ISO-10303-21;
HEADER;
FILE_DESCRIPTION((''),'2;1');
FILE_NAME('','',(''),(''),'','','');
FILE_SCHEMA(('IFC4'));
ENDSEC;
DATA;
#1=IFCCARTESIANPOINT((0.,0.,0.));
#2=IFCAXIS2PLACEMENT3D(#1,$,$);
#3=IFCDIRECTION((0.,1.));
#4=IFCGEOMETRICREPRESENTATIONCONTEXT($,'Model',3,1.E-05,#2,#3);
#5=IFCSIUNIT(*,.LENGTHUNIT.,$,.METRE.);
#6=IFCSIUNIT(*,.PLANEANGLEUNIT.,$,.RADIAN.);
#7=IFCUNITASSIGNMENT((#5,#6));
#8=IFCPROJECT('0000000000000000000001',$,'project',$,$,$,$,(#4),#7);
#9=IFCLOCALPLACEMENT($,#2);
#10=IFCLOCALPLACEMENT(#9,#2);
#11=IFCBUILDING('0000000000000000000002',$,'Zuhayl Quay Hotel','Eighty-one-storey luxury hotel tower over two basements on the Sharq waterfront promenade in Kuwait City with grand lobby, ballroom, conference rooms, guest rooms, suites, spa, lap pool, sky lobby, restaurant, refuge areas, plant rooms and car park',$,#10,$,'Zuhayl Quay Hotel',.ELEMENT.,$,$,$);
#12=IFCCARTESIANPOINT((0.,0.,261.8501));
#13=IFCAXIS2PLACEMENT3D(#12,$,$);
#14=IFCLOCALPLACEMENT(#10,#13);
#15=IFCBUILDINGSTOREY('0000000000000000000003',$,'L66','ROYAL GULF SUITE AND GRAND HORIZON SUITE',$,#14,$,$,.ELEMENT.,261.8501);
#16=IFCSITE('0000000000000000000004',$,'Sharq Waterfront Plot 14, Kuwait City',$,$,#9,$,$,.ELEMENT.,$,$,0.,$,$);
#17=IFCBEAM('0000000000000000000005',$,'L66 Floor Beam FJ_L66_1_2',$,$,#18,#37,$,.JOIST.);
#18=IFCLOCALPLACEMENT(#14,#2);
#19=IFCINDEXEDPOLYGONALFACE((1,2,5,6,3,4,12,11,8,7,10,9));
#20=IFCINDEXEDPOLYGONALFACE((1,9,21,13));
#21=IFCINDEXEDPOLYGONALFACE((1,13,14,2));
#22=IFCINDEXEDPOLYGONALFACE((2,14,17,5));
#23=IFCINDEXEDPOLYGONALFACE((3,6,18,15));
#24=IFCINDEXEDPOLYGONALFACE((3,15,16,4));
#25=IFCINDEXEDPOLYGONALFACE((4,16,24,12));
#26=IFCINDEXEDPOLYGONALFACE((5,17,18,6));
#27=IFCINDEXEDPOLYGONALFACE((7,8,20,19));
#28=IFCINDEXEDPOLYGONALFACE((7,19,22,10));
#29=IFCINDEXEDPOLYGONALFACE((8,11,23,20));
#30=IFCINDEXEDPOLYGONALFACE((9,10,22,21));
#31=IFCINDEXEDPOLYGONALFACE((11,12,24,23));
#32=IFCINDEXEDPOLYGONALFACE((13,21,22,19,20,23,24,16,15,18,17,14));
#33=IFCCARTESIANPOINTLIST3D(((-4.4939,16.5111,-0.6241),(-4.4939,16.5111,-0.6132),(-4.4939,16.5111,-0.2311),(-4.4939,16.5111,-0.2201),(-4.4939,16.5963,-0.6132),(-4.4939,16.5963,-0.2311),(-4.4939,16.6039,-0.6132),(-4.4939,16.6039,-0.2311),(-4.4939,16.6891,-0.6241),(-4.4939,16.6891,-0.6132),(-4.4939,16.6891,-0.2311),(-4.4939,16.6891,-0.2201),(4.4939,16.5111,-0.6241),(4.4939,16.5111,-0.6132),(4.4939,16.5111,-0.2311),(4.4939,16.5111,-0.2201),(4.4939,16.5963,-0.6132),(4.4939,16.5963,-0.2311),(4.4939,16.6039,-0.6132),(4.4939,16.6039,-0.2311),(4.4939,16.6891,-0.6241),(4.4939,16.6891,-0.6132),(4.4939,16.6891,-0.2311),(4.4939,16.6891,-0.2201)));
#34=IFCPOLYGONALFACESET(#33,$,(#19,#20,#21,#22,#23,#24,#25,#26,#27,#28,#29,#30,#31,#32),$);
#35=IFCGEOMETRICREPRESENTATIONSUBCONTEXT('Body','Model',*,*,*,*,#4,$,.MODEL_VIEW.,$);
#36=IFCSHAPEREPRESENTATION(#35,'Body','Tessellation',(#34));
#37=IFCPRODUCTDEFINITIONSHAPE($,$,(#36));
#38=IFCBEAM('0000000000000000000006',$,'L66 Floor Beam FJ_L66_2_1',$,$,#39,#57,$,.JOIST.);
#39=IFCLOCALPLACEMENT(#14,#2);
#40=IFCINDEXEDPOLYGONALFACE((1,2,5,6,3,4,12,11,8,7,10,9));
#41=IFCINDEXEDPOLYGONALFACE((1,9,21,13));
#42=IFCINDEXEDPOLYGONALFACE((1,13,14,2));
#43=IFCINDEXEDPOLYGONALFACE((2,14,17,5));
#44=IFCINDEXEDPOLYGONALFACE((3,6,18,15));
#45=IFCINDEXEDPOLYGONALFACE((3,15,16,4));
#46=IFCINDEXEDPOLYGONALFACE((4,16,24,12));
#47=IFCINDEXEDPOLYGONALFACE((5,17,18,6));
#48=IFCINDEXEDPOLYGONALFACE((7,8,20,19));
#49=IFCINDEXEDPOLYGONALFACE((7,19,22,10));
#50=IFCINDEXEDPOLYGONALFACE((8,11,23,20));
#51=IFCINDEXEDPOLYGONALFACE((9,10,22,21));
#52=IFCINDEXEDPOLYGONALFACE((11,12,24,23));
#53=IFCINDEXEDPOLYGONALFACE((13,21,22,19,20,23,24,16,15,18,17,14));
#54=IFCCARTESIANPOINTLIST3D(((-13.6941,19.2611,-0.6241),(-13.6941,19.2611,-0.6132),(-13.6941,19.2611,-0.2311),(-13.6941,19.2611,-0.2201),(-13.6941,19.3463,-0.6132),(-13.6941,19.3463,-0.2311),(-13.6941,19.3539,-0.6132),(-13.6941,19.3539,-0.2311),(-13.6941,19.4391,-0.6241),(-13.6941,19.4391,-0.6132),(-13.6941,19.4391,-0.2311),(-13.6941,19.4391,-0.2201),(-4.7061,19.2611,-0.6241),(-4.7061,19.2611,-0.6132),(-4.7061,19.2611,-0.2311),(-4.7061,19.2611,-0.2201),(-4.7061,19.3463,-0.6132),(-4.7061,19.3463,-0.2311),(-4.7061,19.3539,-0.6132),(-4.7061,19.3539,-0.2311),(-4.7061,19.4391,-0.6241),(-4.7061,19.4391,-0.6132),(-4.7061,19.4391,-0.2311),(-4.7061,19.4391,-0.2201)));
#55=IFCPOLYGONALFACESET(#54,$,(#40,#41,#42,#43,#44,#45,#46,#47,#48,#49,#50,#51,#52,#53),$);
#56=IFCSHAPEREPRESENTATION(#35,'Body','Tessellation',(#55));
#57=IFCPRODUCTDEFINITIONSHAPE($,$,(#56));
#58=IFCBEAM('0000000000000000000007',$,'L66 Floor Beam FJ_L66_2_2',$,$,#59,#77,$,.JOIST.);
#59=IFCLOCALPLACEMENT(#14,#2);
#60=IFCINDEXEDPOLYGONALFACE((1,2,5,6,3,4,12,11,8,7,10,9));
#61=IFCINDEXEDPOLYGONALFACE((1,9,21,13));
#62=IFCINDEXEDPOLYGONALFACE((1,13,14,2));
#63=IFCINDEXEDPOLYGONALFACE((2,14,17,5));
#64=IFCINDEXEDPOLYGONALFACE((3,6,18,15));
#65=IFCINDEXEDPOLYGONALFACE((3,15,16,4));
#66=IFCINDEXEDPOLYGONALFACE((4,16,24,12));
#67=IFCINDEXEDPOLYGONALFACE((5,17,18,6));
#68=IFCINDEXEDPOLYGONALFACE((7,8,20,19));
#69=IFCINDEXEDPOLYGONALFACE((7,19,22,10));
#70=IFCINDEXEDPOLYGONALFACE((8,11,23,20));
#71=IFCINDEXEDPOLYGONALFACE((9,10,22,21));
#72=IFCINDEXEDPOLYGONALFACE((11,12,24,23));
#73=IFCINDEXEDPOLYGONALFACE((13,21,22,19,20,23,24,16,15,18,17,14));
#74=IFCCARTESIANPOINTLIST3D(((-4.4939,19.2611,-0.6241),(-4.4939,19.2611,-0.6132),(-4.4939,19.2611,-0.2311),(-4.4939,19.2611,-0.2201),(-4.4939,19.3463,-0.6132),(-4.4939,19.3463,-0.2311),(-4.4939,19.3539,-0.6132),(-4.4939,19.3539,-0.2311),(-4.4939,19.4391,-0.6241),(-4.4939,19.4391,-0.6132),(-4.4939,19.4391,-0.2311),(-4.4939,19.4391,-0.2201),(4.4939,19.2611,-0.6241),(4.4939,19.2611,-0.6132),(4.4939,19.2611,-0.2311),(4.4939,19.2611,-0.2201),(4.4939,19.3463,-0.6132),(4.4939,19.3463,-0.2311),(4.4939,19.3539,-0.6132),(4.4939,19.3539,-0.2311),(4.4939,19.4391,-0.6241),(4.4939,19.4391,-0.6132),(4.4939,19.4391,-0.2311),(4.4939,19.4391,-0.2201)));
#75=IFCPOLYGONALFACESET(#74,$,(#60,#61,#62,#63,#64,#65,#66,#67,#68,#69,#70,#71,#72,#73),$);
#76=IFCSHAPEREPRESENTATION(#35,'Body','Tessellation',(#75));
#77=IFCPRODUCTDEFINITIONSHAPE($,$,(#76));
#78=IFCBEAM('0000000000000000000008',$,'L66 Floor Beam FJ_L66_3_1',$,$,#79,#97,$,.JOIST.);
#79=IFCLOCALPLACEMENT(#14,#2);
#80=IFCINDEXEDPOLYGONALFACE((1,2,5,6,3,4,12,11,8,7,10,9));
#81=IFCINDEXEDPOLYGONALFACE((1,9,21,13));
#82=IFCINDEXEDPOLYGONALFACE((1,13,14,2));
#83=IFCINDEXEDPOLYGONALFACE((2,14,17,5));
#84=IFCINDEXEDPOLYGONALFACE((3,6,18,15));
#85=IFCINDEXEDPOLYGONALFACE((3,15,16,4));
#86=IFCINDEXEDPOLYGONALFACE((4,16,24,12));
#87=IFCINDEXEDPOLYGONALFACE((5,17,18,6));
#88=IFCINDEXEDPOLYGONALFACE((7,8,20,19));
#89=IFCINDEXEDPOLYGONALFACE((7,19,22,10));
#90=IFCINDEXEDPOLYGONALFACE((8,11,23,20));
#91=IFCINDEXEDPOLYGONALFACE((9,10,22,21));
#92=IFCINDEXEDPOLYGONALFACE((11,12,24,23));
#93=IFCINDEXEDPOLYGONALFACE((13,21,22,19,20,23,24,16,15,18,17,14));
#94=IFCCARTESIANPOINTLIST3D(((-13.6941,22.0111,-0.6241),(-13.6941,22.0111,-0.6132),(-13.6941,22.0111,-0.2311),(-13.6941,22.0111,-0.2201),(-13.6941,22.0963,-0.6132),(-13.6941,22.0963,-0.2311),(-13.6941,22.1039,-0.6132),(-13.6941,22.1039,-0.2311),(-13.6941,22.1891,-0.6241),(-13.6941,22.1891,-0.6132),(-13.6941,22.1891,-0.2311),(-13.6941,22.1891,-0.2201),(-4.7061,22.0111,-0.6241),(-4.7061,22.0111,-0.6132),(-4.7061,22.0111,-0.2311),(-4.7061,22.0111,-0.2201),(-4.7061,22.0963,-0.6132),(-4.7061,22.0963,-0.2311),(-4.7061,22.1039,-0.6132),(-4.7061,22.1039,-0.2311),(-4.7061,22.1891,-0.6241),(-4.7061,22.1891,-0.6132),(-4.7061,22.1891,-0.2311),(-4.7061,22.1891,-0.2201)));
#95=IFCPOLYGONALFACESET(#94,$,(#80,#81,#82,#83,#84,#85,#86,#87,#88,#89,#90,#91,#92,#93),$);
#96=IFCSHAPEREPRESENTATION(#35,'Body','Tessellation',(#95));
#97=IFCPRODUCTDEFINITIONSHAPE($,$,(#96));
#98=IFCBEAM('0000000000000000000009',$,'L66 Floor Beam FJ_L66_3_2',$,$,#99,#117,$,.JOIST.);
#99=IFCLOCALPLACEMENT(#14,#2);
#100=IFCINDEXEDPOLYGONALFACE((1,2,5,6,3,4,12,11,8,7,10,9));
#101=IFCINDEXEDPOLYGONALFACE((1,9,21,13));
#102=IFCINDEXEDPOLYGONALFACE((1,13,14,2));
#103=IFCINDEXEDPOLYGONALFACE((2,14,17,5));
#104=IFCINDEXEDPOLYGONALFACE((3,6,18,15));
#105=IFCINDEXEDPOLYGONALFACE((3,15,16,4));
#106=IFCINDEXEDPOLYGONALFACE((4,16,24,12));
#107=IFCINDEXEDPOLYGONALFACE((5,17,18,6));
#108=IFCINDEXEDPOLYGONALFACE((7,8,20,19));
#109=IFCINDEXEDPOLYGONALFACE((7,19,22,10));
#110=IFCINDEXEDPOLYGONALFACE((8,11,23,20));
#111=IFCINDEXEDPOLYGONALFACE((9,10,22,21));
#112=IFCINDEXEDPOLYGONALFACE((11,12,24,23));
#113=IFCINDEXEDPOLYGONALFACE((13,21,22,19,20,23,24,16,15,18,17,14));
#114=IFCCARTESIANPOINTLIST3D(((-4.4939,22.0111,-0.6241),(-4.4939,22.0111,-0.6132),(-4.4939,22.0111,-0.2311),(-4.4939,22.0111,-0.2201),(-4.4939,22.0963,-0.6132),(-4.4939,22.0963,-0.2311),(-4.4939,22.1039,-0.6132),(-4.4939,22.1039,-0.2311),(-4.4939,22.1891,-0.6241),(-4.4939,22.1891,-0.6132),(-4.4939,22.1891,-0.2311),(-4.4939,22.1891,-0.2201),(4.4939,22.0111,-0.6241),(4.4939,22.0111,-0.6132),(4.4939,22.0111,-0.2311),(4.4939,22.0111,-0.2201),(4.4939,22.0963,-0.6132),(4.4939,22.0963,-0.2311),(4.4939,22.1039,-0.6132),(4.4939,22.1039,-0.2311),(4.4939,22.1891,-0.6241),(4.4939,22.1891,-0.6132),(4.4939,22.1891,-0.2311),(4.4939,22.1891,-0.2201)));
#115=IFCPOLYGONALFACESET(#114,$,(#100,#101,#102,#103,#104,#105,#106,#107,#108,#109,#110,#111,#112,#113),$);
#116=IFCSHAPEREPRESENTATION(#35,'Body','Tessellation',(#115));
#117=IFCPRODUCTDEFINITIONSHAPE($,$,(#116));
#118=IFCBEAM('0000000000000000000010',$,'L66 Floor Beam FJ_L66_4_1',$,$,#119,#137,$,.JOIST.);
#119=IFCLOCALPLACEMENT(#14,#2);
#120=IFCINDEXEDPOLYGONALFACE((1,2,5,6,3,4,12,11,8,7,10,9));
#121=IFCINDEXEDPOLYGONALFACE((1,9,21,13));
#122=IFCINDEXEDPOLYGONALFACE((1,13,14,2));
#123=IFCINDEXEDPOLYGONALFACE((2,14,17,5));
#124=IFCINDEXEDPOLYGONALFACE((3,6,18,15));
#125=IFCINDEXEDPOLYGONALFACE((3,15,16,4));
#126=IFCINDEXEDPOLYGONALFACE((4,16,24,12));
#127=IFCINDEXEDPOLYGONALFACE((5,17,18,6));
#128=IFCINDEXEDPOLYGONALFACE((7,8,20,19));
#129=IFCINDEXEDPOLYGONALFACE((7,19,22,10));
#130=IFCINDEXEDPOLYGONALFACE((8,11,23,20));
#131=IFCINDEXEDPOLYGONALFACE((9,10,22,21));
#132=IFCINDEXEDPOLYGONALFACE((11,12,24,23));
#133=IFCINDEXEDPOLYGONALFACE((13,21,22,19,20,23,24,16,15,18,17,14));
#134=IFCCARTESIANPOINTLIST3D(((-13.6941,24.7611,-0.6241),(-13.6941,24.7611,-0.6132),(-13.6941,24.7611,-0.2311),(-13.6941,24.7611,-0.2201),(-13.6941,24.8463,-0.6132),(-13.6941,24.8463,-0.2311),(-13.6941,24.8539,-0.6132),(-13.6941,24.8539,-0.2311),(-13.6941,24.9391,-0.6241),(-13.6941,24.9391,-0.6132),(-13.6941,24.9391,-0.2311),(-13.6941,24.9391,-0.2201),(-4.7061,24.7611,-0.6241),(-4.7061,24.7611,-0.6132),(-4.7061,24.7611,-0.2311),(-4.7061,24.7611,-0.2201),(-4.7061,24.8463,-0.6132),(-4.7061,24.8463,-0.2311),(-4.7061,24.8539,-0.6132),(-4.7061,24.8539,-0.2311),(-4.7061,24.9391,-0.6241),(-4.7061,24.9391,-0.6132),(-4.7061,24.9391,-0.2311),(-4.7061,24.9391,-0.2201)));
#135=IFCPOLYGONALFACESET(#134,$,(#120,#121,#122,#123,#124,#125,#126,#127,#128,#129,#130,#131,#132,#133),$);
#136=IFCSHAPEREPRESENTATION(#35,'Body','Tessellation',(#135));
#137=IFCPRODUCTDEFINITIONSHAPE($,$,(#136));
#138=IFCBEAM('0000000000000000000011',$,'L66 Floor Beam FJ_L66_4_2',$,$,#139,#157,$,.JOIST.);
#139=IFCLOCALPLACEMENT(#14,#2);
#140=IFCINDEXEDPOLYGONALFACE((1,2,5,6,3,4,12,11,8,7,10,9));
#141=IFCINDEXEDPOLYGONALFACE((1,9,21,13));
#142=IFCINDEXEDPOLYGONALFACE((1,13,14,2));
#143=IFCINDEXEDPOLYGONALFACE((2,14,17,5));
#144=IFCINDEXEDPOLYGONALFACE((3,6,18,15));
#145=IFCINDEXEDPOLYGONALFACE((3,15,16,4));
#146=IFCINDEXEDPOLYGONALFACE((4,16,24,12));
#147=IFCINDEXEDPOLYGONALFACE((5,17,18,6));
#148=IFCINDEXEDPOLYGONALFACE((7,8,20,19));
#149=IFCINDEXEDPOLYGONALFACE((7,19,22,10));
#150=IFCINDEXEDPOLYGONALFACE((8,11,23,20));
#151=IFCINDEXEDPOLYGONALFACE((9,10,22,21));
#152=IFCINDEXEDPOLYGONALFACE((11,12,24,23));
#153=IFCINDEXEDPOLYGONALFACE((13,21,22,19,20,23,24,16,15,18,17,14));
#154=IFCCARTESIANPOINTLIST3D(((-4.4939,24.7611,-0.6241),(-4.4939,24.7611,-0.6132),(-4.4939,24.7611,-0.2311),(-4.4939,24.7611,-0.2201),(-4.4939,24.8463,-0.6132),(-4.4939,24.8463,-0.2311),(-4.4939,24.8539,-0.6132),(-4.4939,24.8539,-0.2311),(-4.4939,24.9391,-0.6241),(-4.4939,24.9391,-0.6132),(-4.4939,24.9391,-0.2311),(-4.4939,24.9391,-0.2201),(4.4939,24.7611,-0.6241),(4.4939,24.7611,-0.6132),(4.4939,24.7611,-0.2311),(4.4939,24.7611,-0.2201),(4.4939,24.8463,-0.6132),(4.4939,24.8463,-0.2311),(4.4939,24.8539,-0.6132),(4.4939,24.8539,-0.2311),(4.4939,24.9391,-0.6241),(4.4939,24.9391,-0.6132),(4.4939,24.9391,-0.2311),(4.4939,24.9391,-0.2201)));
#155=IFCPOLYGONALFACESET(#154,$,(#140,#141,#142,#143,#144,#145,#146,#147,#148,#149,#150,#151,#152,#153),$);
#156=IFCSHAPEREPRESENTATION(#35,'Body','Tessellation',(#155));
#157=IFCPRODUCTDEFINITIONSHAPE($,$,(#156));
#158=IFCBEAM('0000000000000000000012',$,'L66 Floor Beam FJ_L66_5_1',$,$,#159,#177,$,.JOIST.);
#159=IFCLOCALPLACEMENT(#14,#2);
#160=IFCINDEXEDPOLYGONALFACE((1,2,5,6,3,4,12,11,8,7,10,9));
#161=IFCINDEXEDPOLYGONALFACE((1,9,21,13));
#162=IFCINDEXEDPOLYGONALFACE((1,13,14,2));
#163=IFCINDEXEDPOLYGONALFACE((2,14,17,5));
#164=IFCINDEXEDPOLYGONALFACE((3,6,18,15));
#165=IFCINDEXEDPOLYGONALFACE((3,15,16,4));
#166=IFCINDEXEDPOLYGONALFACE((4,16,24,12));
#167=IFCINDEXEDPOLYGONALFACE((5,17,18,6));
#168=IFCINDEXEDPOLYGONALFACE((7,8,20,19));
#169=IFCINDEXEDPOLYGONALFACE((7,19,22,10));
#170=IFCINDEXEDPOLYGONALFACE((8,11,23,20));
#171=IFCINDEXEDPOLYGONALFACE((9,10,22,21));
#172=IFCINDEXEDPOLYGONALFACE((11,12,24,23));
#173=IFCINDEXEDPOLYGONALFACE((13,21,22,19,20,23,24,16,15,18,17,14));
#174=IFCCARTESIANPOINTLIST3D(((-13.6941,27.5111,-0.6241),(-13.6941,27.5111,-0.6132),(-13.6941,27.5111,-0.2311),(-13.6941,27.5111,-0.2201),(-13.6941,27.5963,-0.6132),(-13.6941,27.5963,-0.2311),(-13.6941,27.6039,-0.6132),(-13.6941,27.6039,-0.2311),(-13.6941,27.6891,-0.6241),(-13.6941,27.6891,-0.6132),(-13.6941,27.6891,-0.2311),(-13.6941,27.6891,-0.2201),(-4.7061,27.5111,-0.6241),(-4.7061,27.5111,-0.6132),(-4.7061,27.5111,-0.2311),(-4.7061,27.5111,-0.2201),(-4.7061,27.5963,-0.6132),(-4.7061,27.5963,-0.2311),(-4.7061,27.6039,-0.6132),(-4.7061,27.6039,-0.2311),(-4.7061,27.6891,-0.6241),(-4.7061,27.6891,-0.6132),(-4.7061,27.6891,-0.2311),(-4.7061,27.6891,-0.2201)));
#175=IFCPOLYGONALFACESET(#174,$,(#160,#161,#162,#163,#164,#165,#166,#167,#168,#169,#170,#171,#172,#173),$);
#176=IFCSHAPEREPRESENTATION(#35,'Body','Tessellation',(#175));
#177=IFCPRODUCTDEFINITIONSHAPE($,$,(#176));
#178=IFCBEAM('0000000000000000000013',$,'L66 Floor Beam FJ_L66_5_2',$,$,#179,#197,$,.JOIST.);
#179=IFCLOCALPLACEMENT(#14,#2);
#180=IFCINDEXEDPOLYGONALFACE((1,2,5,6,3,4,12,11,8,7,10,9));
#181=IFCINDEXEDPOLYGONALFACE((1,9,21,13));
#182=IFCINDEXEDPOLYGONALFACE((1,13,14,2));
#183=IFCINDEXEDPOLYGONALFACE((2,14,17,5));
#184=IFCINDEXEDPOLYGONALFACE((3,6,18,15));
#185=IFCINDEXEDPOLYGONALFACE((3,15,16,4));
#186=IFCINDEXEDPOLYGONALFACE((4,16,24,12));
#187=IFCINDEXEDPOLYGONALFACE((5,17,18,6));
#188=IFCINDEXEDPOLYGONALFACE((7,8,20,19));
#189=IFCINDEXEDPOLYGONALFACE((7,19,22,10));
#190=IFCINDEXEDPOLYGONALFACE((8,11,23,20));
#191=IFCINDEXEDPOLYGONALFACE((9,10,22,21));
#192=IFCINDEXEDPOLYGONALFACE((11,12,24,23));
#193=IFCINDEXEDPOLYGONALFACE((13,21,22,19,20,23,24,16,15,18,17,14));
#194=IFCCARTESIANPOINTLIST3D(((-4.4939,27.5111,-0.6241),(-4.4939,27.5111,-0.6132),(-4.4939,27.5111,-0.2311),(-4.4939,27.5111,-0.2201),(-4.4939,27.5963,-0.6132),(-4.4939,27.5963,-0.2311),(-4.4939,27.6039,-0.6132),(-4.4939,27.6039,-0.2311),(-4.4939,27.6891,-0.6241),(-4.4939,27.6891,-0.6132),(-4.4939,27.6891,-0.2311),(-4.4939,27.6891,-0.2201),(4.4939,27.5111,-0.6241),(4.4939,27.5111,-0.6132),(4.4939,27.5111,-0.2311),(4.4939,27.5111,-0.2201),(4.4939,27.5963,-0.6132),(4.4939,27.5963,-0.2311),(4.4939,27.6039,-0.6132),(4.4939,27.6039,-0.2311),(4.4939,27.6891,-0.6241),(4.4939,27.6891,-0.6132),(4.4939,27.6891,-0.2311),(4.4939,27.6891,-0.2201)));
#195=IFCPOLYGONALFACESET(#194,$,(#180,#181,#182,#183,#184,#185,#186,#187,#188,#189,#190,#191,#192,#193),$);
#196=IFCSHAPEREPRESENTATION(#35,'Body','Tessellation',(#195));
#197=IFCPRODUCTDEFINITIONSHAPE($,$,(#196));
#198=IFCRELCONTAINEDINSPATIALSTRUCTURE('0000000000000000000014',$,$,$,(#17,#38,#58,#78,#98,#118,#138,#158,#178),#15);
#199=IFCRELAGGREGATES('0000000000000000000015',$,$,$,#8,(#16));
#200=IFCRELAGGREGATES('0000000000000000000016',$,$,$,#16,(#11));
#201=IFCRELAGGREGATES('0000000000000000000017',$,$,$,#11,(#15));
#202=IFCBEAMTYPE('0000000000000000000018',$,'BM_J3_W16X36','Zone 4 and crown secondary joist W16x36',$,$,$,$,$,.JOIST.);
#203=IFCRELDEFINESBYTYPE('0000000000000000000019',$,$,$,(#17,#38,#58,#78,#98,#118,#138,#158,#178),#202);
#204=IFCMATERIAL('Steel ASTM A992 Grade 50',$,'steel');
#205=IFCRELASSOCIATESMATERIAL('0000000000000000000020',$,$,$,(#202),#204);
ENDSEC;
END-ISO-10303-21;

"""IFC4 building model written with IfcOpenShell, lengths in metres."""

from ifc_helpers import new_model, si_unit, direction, frame, origin, origin_2d, place, context, subcontext, project, spatial, i_section, extrude, material, material_profile, profile_set, type_object, element, save


model = new_model("IFC4")

# Units and contexts
model_context = context("Model", 3, precision=1e-05, world=origin(), true_north=direction((0.0, 1.0)))
body_context = subcontext(model_context, "Body", "Model", "MODEL_VIEW")
ifc_project = project(units=[si_unit("LENGTHUNIT", "METRE"), si_unit("PLANEANGLEUNIT", "RADIAN")], contexts=[model_context])

# Site, building, storey
site_placement = place(None, origin())
site = spatial("IfcSite", under=ifc_project, at=site_placement, Name="Sharq Waterfront Plot 14, Kuwait City", CompositionType="ELEMENT", RefElevation=0.0)
building_placement = place(site_placement, origin())
building = spatial("IfcBuilding", under=site, at=building_placement, Name="Zuhayl Quay Hotel", Description="Eighty-one-storey luxury hotel tower over two basements on the Sharq waterfront promenade in Kuwait City with grand lobby, ballroom, conference rooms, guest rooms, suites, spa, lap pool, sky lobby, restaurant, refuge areas, plant rooms and car park", LongName="Zuhayl Quay Hotel", CompositionType="ELEMENT")
storey_placement = place(building_placement, frame((0.0, 0.0, 261.8501)))
storey = spatial("IfcBuildingStorey", under=building, at=storey_placement, Name="L66", Description="ROYAL GULF SUITE AND GRAND HORIZON SUITE", CompositionType="ELEMENT", Elevation=261.8501)

# Beams
ifc_material_1 = material(Name="Steel ASTM A992 Grade 50", Category="steel")
ifc_material_profile = material_profile(ifc_material_1, i_section(OverallWidth=0.178, OverallDepth=0.4041, WebThickness=0.0076, FlangeThickness=0.011, at=origin_2d()), Name="W16X36")
ifc_profile_set = profile_set([ifc_material_profile], Name="Steel ASTM A992 Grade 50")
beam_type = type_object("IfcBeamType", Name="BM_J3_W16X36", Description="Zone 4 and crown secondary joist W16x36", PredefinedType="JOIST", material=ifc_profile_set)
beam_1_placement = place(storey_placement, frame((-4.4939, 16.6001, -0.4221), z_axis=(1.0, 0.0, 0.0), x_axis=(0.0, 1.0, 0.0)))
element("IfcBeam", 1, at=beam_1_placement, inside=storey, type_object=beam_type, Name="L66 Floor Beam FJ_L66_1_2", PredefinedType="JOIST", context=body_context, shape_type="SweptSolid", body=[
    extrude(i_section(OverallWidth=0.178, OverallDepth=0.4041, WebThickness=0.0076, FlangeThickness=0.011, at=origin_2d()), origin(), (0.0, 0.0, 1.0), 8.9878),
])
beam_2_placement = place(storey_placement, frame((-13.6941, 19.3501, -0.4221), z_axis=(1.0, 0.0, 0.0), x_axis=(0.0, 1.0, 0.0)))
element("IfcBeam", 2, at=beam_2_placement, inside=storey, type_object=beam_type, Name="L66 Floor Beam FJ_L66_2_1", PredefinedType="JOIST", context=body_context, shape_type="SweptSolid", body=[
    extrude(i_section(OverallWidth=0.178, OverallDepth=0.4041, WebThickness=0.0076, FlangeThickness=0.011, at=origin_2d()), origin(), (0.0, 0.0, 1.0), 8.988),
])
beam_3_placement = place(storey_placement, frame((-4.4939, 19.3501, -0.4221), z_axis=(1.0, 0.0, 0.0), x_axis=(0.0, 1.0, 0.0)))
element("IfcBeam", 3, at=beam_3_placement, inside=storey, type_object=beam_type, Name="L66 Floor Beam FJ_L66_2_2", PredefinedType="JOIST", context=body_context, shape_type="SweptSolid", body=[
    extrude(i_section(OverallWidth=0.178, OverallDepth=0.4041, WebThickness=0.0076, FlangeThickness=0.011, at=origin_2d()), origin(), (0.0, 0.0, 1.0), 8.9878),
])
beam_4_placement = place(storey_placement, frame((-13.6941, 22.1001, -0.4221), z_axis=(1.0, 0.0, 0.0), x_axis=(0.0, 1.0, 0.0)))
element("IfcBeam", 4, at=beam_4_placement, inside=storey, type_object=beam_type, Name="L66 Floor Beam FJ_L66_3_1", PredefinedType="JOIST", context=body_context, shape_type="SweptSolid", body=[
    extrude(i_section(OverallWidth=0.178, OverallDepth=0.4041, WebThickness=0.0076, FlangeThickness=0.011, at=origin_2d()), origin(), (0.0, 0.0, 1.0), 8.988),
])
beam_5_placement = place(storey_placement, frame((-4.4939, 22.1001, -0.4221), z_axis=(1.0, 0.0, 0.0), x_axis=(0.0, 1.0, 0.0)))
element("IfcBeam", 5, at=beam_5_placement, inside=storey, type_object=beam_type, Name="L66 Floor Beam FJ_L66_3_2", PredefinedType="JOIST", context=body_context, shape_type="SweptSolid", body=[
    extrude(i_section(OverallWidth=0.178, OverallDepth=0.4041, WebThickness=0.0076, FlangeThickness=0.011, at=origin_2d()), origin(), (0.0, 0.0, 1.0), 8.9878),
])
beam_6_placement = place(storey_placement, frame((-13.6941, 24.8501, -0.4221), z_axis=(1.0, 0.0, 0.0), x_axis=(0.0, 1.0, 0.0)))
element("IfcBeam", 6, at=beam_6_placement, inside=storey, type_object=beam_type, Name="L66 Floor Beam FJ_L66_4_1", PredefinedType="JOIST", context=body_context, shape_type="SweptSolid", body=[
    extrude(i_section(OverallWidth=0.178, OverallDepth=0.4041, WebThickness=0.0076, FlangeThickness=0.011, at=origin_2d()), origin(), (0.0, 0.0, 1.0), 8.988),
])
beam_7_placement = place(storey_placement, frame((-4.4939, 24.8501, -0.4221), z_axis=(1.0, 0.0, 0.0), x_axis=(0.0, 1.0, 0.0)))
element("IfcBeam", 7, at=beam_7_placement, inside=storey, type_object=beam_type, Name="L66 Floor Beam FJ_L66_4_2", PredefinedType="JOIST", context=body_context, shape_type="SweptSolid", body=[
    extrude(i_section(OverallWidth=0.178, OverallDepth=0.4041, WebThickness=0.0076, FlangeThickness=0.011, at=origin_2d()), origin(), (0.0, 0.0, 1.0), 8.9878),
])
beam_8_placement = place(storey_placement, frame((-13.6941, 27.6001, -0.4221), z_axis=(1.0, 0.0, 0.0), x_axis=(0.0, 1.0, 0.0)))
element("IfcBeam", 8, at=beam_8_placement, inside=storey, type_object=beam_type, Name="L66 Floor Beam FJ_L66_5_1", PredefinedType="JOIST", context=body_context, shape_type="SweptSolid", body=[
    extrude(i_section(OverallWidth=0.178, OverallDepth=0.4041, WebThickness=0.0076, FlangeThickness=0.011, at=origin_2d()), origin(), (0.0, 0.0, 1.0), 8.988),
])
beam_9_placement = place(storey_placement, frame((-4.4939, 27.6001, -0.4221), z_axis=(1.0, 0.0, 0.0), x_axis=(0.0, 1.0, 0.0)))
element("IfcBeam", 9, at=beam_9_placement, inside=storey, type_object=beam_type, Name="L66 Floor Beam FJ_L66_5_2", PredefinedType="JOIST", context=body_context, shape_type="SweptSolid", body=[
    extrude(i_section(OverallWidth=0.178, OverallDepth=0.4041, WebThickness=0.0076, FlangeThickness=0.011, at=origin_2d()), origin(), (0.0, 0.0, 1.0), 8.9878),
])

save(model, "model.ifc")
